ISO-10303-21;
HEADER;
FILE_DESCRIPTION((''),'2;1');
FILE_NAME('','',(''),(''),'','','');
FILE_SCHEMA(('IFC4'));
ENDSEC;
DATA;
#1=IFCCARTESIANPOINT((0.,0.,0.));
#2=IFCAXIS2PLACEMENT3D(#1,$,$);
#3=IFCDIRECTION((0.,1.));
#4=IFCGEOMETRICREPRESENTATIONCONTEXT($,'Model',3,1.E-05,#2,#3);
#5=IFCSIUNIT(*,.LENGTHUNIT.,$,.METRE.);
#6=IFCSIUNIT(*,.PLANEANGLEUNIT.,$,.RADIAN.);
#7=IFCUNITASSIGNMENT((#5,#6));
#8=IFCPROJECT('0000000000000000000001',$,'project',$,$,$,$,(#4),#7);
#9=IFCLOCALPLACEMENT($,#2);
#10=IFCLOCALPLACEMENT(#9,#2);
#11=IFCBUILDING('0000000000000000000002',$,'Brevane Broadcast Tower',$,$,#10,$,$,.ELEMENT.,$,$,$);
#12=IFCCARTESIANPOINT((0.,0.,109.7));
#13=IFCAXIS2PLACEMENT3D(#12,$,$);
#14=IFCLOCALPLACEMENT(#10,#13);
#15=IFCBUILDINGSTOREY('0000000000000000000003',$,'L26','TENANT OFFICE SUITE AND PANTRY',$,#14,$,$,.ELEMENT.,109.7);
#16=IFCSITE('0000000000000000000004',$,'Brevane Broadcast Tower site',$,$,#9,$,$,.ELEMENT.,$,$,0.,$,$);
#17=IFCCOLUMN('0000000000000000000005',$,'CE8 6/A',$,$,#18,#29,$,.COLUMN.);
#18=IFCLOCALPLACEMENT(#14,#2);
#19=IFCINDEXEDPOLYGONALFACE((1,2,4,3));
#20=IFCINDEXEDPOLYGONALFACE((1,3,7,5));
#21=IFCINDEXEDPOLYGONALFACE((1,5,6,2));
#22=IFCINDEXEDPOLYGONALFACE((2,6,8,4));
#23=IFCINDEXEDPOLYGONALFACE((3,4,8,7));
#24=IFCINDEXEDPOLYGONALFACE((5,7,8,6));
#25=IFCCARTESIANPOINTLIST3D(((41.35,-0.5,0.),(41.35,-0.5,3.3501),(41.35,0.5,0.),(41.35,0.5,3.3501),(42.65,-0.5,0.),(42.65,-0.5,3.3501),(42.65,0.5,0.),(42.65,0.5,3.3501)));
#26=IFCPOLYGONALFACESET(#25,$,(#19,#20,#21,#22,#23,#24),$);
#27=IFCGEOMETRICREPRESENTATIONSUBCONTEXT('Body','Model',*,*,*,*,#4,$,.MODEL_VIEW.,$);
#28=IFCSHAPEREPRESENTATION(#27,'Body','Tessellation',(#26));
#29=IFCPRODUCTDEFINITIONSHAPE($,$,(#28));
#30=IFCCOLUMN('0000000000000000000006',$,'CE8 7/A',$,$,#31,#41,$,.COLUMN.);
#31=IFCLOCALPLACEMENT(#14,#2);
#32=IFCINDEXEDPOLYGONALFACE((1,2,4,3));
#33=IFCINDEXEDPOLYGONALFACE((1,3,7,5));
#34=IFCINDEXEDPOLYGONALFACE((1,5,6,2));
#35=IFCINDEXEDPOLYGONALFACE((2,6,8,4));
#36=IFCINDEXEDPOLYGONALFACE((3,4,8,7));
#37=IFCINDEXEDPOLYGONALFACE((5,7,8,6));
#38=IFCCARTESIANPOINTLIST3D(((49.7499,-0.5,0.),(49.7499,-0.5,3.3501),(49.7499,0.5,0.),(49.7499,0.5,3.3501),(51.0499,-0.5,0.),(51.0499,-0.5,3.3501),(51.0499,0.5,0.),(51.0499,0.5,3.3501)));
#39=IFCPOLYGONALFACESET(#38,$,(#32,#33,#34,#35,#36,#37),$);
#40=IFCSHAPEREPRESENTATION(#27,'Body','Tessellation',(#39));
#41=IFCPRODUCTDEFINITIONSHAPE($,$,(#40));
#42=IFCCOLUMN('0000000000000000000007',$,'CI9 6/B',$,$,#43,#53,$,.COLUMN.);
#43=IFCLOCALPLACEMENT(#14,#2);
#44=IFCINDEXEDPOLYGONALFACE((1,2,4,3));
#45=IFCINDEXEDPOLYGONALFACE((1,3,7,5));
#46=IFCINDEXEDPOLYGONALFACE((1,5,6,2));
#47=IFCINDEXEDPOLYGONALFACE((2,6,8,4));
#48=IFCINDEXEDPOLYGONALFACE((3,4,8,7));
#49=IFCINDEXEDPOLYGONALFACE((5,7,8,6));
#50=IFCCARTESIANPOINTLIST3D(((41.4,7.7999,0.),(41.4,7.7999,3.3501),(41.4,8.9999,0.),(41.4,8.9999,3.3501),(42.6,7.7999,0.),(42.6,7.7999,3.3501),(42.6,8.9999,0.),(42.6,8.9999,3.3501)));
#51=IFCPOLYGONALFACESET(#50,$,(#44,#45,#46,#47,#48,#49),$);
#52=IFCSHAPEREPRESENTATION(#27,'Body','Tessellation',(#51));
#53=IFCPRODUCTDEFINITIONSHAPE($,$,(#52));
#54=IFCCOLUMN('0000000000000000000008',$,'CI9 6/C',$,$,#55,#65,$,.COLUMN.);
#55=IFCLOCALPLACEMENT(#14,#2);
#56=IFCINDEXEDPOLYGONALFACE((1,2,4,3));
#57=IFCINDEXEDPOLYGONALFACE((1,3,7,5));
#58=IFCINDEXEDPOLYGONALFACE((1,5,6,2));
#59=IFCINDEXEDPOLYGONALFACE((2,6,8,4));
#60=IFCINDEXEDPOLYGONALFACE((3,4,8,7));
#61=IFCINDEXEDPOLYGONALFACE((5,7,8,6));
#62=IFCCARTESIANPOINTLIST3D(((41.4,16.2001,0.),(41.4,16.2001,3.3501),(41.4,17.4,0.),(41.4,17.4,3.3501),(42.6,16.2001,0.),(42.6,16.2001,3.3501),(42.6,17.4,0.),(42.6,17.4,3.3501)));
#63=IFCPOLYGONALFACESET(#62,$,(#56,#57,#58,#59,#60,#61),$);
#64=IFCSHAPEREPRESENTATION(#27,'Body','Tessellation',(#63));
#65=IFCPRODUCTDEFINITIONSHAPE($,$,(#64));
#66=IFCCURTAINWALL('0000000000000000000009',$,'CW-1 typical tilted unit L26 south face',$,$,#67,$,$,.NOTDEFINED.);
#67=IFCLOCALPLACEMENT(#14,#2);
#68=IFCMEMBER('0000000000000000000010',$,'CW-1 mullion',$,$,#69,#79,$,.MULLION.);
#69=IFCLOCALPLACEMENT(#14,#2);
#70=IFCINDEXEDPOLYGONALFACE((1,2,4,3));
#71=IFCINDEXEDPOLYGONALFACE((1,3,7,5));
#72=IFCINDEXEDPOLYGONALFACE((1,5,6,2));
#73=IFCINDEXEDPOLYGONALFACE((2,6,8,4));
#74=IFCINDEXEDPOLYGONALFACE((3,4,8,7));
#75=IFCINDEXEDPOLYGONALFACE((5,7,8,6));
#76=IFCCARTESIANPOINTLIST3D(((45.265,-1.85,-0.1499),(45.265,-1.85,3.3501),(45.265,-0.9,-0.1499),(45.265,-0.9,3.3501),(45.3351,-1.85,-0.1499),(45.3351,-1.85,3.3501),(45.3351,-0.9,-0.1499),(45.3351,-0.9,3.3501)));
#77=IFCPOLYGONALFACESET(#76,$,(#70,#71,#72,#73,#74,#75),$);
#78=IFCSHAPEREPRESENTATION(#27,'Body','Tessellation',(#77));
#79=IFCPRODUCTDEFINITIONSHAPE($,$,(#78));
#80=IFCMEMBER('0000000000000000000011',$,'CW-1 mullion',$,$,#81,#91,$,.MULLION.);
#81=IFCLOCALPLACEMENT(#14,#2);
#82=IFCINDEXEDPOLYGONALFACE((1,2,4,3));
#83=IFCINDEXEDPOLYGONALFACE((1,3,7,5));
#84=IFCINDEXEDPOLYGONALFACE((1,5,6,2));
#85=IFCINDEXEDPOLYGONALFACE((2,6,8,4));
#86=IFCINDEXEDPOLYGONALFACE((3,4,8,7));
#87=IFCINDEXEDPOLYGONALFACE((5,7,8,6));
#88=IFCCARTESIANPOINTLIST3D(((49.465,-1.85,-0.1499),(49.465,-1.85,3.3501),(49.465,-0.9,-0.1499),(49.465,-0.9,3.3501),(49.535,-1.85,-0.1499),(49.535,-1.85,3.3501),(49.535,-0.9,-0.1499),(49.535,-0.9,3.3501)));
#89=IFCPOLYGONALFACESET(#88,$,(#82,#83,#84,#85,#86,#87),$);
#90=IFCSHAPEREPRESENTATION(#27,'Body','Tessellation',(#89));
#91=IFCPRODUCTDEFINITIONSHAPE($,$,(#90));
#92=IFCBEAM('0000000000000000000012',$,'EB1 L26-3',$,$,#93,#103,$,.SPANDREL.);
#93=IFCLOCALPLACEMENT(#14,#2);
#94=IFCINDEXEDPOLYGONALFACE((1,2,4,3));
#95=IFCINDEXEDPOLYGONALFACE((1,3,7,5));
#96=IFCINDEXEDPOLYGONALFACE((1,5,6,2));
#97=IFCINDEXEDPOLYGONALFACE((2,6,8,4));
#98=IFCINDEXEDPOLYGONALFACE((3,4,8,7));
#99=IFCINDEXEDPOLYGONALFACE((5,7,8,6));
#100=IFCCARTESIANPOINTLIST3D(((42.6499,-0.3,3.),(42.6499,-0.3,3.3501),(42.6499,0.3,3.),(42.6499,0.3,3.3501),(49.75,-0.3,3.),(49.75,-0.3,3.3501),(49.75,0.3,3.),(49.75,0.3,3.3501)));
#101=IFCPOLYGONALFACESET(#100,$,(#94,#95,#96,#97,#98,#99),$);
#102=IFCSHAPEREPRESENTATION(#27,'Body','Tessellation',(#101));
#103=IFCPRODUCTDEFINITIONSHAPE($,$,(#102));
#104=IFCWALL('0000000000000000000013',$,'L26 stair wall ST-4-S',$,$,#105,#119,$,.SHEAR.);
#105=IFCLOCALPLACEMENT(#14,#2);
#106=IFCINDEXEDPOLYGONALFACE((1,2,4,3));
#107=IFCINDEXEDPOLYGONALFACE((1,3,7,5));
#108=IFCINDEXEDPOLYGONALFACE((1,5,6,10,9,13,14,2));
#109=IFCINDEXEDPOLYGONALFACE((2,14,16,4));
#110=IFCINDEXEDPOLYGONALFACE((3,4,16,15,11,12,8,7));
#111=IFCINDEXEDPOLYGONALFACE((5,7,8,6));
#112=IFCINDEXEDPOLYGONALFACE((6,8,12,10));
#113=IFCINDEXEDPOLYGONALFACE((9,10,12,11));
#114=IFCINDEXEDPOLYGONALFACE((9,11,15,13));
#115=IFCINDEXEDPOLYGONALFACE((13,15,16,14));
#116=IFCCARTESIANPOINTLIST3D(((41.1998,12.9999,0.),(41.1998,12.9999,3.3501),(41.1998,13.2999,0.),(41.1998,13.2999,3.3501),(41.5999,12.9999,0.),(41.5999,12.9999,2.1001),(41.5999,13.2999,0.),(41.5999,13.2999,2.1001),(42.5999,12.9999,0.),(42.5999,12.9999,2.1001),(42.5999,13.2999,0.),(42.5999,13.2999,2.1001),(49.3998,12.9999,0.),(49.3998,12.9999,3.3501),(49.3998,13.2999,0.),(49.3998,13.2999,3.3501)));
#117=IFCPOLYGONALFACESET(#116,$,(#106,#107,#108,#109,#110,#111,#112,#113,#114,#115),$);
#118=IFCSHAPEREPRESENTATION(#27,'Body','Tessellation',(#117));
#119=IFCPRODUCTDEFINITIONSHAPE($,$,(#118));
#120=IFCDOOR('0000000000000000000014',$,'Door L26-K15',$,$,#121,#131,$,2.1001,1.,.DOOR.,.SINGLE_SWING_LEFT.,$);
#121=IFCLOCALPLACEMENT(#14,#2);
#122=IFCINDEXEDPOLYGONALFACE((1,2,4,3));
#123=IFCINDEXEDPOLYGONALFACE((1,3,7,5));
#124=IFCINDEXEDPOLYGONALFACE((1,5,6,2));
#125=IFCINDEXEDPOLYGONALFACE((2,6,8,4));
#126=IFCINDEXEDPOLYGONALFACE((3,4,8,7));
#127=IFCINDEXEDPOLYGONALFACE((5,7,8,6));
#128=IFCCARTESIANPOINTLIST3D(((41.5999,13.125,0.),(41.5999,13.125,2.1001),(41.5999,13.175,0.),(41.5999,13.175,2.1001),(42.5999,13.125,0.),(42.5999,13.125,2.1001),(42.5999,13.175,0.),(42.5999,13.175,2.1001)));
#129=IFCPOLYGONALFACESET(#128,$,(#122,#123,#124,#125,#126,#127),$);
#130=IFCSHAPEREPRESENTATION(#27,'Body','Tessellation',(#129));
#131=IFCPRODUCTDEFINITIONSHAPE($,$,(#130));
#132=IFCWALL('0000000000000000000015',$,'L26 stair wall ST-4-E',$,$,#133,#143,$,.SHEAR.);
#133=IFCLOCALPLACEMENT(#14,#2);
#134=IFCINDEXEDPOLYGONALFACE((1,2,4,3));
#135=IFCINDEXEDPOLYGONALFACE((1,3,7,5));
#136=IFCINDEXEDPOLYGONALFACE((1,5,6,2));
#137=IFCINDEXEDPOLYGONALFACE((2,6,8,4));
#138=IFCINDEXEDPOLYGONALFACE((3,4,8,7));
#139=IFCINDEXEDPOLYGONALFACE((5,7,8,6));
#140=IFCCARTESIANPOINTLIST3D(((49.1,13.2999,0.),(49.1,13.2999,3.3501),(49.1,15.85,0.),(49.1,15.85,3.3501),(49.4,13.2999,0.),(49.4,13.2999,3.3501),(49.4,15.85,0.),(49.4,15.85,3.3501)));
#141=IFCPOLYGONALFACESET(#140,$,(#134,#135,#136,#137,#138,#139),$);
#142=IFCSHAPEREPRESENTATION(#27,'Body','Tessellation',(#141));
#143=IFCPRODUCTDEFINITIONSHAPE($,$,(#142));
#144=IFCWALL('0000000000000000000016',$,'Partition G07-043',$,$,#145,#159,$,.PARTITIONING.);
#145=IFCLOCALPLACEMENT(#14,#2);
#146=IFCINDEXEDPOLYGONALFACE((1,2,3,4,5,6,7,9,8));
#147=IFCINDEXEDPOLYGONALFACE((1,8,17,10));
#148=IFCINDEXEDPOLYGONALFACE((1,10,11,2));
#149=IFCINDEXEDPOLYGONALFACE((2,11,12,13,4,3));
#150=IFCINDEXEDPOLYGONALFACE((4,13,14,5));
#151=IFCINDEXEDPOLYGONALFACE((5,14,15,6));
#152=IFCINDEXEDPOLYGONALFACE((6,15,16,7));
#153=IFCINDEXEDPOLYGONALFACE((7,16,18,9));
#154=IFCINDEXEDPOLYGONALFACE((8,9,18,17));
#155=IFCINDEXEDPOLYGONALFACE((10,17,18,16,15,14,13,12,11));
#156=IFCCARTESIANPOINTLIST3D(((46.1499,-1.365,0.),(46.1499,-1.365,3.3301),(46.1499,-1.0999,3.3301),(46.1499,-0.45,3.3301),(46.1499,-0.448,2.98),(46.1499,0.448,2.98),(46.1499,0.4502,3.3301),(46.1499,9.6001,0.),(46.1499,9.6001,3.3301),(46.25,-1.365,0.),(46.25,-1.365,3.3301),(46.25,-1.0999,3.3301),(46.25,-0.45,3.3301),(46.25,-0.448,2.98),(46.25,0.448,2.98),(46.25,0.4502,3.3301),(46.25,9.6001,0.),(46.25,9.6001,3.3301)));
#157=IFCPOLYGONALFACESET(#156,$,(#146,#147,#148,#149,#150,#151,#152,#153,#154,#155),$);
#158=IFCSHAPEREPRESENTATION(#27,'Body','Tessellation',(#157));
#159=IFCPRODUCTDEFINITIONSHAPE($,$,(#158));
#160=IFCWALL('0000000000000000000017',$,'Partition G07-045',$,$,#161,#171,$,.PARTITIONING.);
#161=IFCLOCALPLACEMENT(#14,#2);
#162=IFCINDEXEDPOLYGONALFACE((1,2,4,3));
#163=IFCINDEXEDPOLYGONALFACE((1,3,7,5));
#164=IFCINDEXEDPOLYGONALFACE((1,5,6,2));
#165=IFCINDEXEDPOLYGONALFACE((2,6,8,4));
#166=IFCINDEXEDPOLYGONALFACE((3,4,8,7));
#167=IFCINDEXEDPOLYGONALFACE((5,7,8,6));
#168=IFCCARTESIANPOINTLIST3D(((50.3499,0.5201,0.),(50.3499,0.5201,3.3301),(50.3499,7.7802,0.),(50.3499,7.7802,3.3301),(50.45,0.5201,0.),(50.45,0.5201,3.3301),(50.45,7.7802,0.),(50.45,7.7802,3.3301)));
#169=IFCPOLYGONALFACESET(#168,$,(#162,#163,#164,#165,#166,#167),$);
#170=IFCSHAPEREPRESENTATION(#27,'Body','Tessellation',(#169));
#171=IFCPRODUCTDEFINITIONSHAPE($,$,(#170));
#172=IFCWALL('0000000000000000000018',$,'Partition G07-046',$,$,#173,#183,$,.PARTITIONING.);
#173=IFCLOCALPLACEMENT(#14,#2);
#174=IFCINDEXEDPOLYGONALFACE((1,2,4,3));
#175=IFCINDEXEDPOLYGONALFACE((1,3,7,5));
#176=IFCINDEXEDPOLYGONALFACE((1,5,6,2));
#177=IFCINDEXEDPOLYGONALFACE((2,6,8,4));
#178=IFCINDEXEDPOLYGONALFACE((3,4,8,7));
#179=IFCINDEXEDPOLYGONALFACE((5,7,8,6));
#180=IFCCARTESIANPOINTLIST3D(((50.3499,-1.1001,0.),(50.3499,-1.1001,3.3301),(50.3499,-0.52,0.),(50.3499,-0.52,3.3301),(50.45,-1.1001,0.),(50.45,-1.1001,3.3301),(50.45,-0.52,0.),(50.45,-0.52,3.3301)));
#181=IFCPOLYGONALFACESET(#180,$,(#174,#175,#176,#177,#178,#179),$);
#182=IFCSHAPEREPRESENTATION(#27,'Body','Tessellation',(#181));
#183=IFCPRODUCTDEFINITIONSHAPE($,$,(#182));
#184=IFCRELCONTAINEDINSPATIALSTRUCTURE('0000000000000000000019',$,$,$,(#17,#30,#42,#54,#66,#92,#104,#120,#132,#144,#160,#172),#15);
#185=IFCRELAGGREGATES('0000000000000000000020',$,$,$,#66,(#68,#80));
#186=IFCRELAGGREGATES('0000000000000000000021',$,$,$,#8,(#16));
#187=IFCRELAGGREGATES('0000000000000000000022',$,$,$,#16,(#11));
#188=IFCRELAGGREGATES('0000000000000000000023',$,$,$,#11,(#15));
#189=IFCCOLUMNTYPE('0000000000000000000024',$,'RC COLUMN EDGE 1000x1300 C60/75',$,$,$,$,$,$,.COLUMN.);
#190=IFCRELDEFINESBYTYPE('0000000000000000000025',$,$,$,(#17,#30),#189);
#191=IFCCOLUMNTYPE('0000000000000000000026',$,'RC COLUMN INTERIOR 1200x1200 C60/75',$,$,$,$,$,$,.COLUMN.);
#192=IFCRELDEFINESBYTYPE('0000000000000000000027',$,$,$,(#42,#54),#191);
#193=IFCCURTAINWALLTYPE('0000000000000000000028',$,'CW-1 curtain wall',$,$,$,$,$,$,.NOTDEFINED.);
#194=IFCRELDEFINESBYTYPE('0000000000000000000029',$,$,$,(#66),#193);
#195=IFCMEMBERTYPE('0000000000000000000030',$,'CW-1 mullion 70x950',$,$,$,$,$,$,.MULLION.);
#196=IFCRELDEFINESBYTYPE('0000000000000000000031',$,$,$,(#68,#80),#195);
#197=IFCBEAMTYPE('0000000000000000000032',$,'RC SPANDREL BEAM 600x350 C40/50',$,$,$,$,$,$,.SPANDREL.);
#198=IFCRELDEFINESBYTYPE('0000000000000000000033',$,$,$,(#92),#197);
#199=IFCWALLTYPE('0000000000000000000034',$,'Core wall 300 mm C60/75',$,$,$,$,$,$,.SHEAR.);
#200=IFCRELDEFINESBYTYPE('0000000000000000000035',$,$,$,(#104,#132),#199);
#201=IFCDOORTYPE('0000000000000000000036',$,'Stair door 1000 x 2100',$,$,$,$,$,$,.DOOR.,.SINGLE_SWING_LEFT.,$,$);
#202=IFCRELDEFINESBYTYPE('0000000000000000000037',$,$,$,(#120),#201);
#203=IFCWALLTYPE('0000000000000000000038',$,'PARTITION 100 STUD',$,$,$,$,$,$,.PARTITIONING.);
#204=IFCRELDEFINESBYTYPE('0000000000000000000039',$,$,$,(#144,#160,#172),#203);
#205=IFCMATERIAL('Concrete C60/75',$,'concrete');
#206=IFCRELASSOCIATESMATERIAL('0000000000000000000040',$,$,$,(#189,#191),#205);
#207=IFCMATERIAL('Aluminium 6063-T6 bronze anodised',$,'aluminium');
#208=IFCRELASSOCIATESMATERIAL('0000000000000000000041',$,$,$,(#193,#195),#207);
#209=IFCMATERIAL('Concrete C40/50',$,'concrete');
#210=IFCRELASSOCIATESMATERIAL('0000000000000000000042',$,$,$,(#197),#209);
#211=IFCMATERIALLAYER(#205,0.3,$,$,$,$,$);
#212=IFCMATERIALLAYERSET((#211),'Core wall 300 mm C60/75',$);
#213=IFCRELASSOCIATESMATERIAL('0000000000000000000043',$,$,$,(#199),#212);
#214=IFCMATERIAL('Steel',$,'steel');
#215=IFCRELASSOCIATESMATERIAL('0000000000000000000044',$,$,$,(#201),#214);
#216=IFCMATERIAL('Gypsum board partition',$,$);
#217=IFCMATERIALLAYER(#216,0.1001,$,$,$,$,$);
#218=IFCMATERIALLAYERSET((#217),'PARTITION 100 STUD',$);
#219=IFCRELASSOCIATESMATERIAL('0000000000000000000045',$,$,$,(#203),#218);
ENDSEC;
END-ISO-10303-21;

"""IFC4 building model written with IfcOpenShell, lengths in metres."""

from ifc_helpers import new_model, si_unit, direction, frame, frame_2d, origin, origin_2d, place, context, subcontext, project, spatial, polyline, rectangle, outline, extrude, material, layer, layer_set, material_profile, profile_set, type_object, element, fill, aggregate, save


model = new_model("IFC4")

# Units and contexts
model_context = context("Model", 3, precision=1e-05, world=origin(), true_north=direction((0.0, 1.0)))
body_context = subcontext(model_context, "Body", "Model", "MODEL_VIEW")
ifc_project = project(units=[si_unit("LENGTHUNIT", "METRE"), si_unit("PLANEANGLEUNIT", "RADIAN")], contexts=[model_context])

# Site, building, storey
site_placement = place(None, origin())
site = spatial("IfcSite", under=ifc_project, at=site_placement, Name="Brevane Broadcast Tower site", CompositionType="ELEMENT", RefElevation=0.0)
building_placement = place(site_placement, origin())
building = spatial("IfcBuilding", under=site, at=building_placement, Name="Brevane Broadcast Tower", CompositionType="ELEMENT")
storey_placement = place(building_placement, frame((0.0, 0.0, 109.7)))
storey = spatial("IfcBuildingStorey", under=building, at=storey_placement, Name="L26", Description="TENANT OFFICE SUITE AND PANTRY", CompositionType="ELEMENT", Elevation=109.7)

# Columns
ifc_material_1 = material(Name="Concrete C60/75", Category="concrete")
ifc_material_profile_1 = material_profile(ifc_material_1, rectangle(XDim=1.0, YDim=1.3, at=origin_2d()), Name="RC 1000x1300")
ifc_profile_set_1 = profile_set([ifc_material_profile_1], Name="Concrete C60/75")
column_type_1 = type_object("IfcColumnType", Name="RC COLUMN EDGE 1000x1300 C60/75", PredefinedType="COLUMN", material=ifc_profile_set_1)
for number, where, z_axis, x_axis, name in (
    (1, (42.0, 0.0, 0.0), (0.0, 0.0, 1.0), (0.0, 1.0, 0.0), "CE8 6/A"),
    (2, (50.3999, 0.0, 0.0), (0.0, 0.0, 1.0), (0.0, 1.0, 0.0), "CE8 7/A"),
):
    element("IfcColumn", number, at=place(storey_placement, frame(where, z_axis=z_axis, x_axis=x_axis)), inside=storey, type_object=column_type_1, Name=name, PredefinedType="COLUMN", context=body_context, shape_type="SweptSolid", body=[
        extrude(rectangle(XDim=1.0, YDim=1.3, at=origin_2d()), origin(), (0.0, 0.0, 1.0), 3.3501),
    ])
ifc_material_profile_2 = material_profile(ifc_material_1, rectangle(XDim=1.2, YDim=1.2, at=origin_2d()), Name="RC 1200x1200")
ifc_profile_set_2 = profile_set([ifc_material_profile_2], Name="Concrete C60/75")
column_type_2 = type_object("IfcColumnType", Name="RC COLUMN INTERIOR 1200x1200 C60/75", PredefinedType="COLUMN", material=ifc_profile_set_2)
for number, where, z_axis, x_axis, name in (
    (3, (42.0, 8.3999, 0.0), (0.0, 0.0, 1.0), (1.0, 0.0, 0.0), "CI9 6/B"),
    (4, (42.0, 16.8, 0.0), (0.0, 0.0, 1.0), (1.0, 0.0, 0.0), "CI9 6/C"),
):
    element("IfcColumn", number, at=place(storey_placement, frame(where, z_axis=z_axis, x_axis=x_axis)), inside=storey, type_object=column_type_2, Name=name, PredefinedType="COLUMN", context=body_context, shape_type="SweptSolid", body=[
        extrude(rectangle(XDim=1.2, YDim=1.2, at=origin_2d()), origin(), (0.0, 0.0, 1.0), 3.3501),
    ])

# Curtain wall, members
ifc_material_2 = material(Name="Aluminium 6063-T6 bronze anodised", Category="aluminium")
curtain_wall_type = type_object("IfcCurtainWallType", Name="CW-1 curtain wall", PredefinedType="NOTDEFINED", material=ifc_material_2)
curtain_wall_placement = place(storey_placement, origin())
curtain_wall = element("IfcCurtainWall", 5, at=curtain_wall_placement, inside=storey, type_object=curtain_wall_type, Name="CW-1 typical tilted unit L26 south face", PredefinedType="NOTDEFINED")
ifc_material_profile_3 = material_profile(ifc_material_2, rectangle(XDim=0.95, YDim=0.0701, at=origin_2d()), Name="RECT 70x950")
ifc_profile_set_3 = profile_set([ifc_material_profile_3], Name="Aluminium 6063-T6 bronze anodised")
member_type = type_object("IfcMemberType", Name="CW-1 mullion 70x950", PredefinedType="MULLION", material=ifc_profile_set_3)
member_1_placement = place(storey_placement, frame((45.3, -1.375, -0.1499), z_axis=(0.0, 0.0, 1.0), x_axis=(0.0, 1.0, 0.0)))
member_1 = element("IfcMember", 6, at=member_1_placement, type_object=member_type, Name="CW-1 mullion", PredefinedType="MULLION", context=body_context, shape_type="SweptSolid", body=[
    extrude(rectangle(XDim=0.95, YDim=0.0701, at=origin_2d()), origin(), (0.0, 0.0, 1.0), 3.5),
])
member_2_placement = place(storey_placement, frame((49.5, -1.375, -0.1499), z_axis=(0.0, 0.0, 1.0), x_axis=(0.0, 1.0, 0.0)))
member_2 = element("IfcMember", 7, at=member_2_placement, type_object=member_type, Name="CW-1 mullion", PredefinedType="MULLION", context=body_context, shape_type="SweptSolid", body=[
    extrude(rectangle(XDim=0.95, YDim=0.0701, at=origin_2d()), origin(), (0.0, 0.0, 1.0), 3.5),
])
aggregate(curtain_wall, [member_1, member_2])

# Beam
ifc_material_3 = material(Name="Concrete C40/50", Category="concrete")
ifc_material_profile_4 = material_profile(ifc_material_3, rectangle(XDim=0.6001, YDim=0.3501, at=origin_2d()), Name="RC 600x350")
ifc_profile_set_4 = profile_set([ifc_material_profile_4], Name="Concrete C40/50")
beam_type = type_object("IfcBeamType", Name="RC SPANDREL BEAM 600x350 C40/50", PredefinedType="SPANDREL", material=ifc_profile_set_4)
beam_placement = place(storey_placement, frame((42.6499, 0.0, 3.175), z_axis=(1.0, 0.0, 0.0), x_axis=(0.0, 1.0, 0.0)))
element("IfcBeam", 8, at=beam_placement, inside=storey, type_object=beam_type, Name="EB1 L26-3", PredefinedType="SPANDREL", context=body_context, shape_type="SweptSolid", body=[
    extrude(rectangle(XDim=0.6001, YDim=0.3501, at=origin_2d()), origin(), (0.0, 0.0, 1.0), 7.1001),
])

# Wall, opening, door
ifc_layer_1 = layer(ifc_material_1, 0.3)
ifc_layer_set_1 = layer_set([ifc_layer_1], Name="Core wall 300 mm C60/75")
wall_type_1 = type_object("IfcWallType", Name="Core wall 300 mm C60/75", PredefinedType="SHEAR", material=ifc_layer_set_1)
wall_1_placement = place(storey_placement, frame((49.3999, 13.1499, 0.0), z_axis=(0.0, 0.0, 1.0), x_axis=(-1.0, 0.0, 0.0)))
wall_1 = element("IfcWall", 9, at=wall_1_placement, inside=storey, type_object=wall_type_1, Name="L26 stair wall ST-4-S", PredefinedType="SHEAR", context=body_context, shape_type="SweptSolid", body=[
    extrude(rectangle(XDim=8.2, YDim=0.3, at=frame_2d((4.1001, 0.0))), origin(), (0.0, 0.0, 1.0), 3.3501),
])
opening_1_placement = place(wall_1_placement, frame((6.8, 0.0, 0.0)))
opening_1 = element("IfcOpeningElement", 10, at=opening_1_placement, cuts=wall_1, PredefinedType="OPENING", context=body_context, shape_type="SweptSolid", body=[
    extrude(rectangle(XDim=1.0, YDim=2.1001, at=frame_2d((0.5, 1.05))), frame((0.0, 0.1599, 0.0), z_axis=(0.0, -1.0, 0.0), x_axis=(1.0, 0.0, 0.0)), (0.0, 0.0, 1.0), 0.3201),
])
ifc_material_4 = material(Name="Steel", Category="steel")
door_type_1 = type_object("IfcDoorType", Name="Stair door 1000 x 2100", OperationType="SINGLE_SWING_LEFT", PredefinedType="DOOR", material=ifc_material_4)
door_1_placement = place(opening_1_placement, origin())
door_1 = element("IfcDoor", 11, at=door_1_placement, inside=storey, type_object=door_type_1, Name="Door L26-K15", OperationType="SINGLE_SWING_LEFT", OverallHeight=2.1001, OverallWidth=1.0, PredefinedType="DOOR", context=body_context, shape_type="SweptSolid", body=[
    extrude(rectangle(XDim=1.0, YDim=2.1001, at=frame_2d((0.5, 1.05))), frame((0.0, 0.0249, 0.0), z_axis=(0.0, -1.0, 0.0), x_axis=(1.0, 0.0, 0.0)), (0.0, 0.0, 1.0), 0.05),
])
fill(opening_1, door_1)

# Walls
wall_2_placement = place(storey_placement, frame((49.25, 13.3, 0.0), z_axis=(0.0, 0.0, 1.0), x_axis=(0.0, 1.0, 0.0)))
element("IfcWall", 12, at=wall_2_placement, inside=storey, type_object=wall_type_1, Name="L26 stair wall ST-4-E", PredefinedType="SHEAR", context=body_context, shape_type="SweptSolid", body=[
    extrude(rectangle(XDim=2.55, YDim=0.3, at=frame_2d((1.2749, 0.0))), origin(), (0.0, 0.0, 1.0), 3.3501),
])
ifc_material_5 = material(Name="Gypsum board partition")
ifc_layer_2 = layer(ifc_material_5, 0.1001)
ifc_layer_set_2 = layer_set([ifc_layer_2], Name="PARTITION 100 STUD")
wall_type_2 = type_object("IfcWallType", Name="PARTITION 100 STUD", PredefinedType="PARTITIONING", material=ifc_layer_set_2)
wall_3_placement = place(storey_placement, frame((46.2, 9.6001, 0.0), z_axis=(0.0, 0.0, 1.0), x_axis=(0.0, -1.0, 0.0)))
element("IfcWall", 13, at=wall_3_placement, inside=storey, type_object=wall_type_2, Name="Partition G07-043", PredefinedType="PARTITIONING", context=body_context, shape_type="SweptSolid", body=[
    extrude(outline(polyline([(0.0, 0.0), (10.9651, 0.0), (10.9651, 3.3301), (10.7, 3.3301), (10.05, 3.3301), (10.0481, 2.98), (9.1521, 2.98), (9.1499, 3.3301), (0.0, 3.3301), (0.0, 0.0)])), frame((0.0, 0.05, 0.0), z_axis=(0.0, -1.0, 0.0), x_axis=(1.0, 0.0, 0.0)), (0.0, 0.0, 1.0), 0.1001),
])
wall_4_placement = place(storey_placement, frame((50.3999, 7.78, 0.0), z_axis=(0.0, 0.0, 1.0), x_axis=(0.0, -1.0, 0.0)))
element("IfcWall", 14, at=wall_4_placement, inside=storey, type_object=wall_type_2, Name="Partition G07-045", PredefinedType="PARTITIONING", context=body_context, shape_type="SweptSolid", body=[
    extrude(rectangle(XDim=7.26, YDim=0.1001, at=frame_2d((3.6299, 0.0))), origin(), (0.0, 0.0, 1.0), 3.3301),
])
wall_5_placement = place(storey_placement, frame((50.3999, -0.52, 0.0), z_axis=(0.0, 0.0, 1.0), x_axis=(0.0, -1.0, 0.0)))
element("IfcWall", 15, at=wall_5_placement, inside=storey, type_object=wall_type_2, Name="Partition G07-046", PredefinedType="PARTITIONING", context=body_context, shape_type="SweptSolid", body=[
    extrude(rectangle(XDim=0.5801, YDim=0.1001, at=frame_2d((0.29, 0.0))), origin(), (0.0, 0.0, 1.0), 3.3301),
])

save(model, "model.ifc")
